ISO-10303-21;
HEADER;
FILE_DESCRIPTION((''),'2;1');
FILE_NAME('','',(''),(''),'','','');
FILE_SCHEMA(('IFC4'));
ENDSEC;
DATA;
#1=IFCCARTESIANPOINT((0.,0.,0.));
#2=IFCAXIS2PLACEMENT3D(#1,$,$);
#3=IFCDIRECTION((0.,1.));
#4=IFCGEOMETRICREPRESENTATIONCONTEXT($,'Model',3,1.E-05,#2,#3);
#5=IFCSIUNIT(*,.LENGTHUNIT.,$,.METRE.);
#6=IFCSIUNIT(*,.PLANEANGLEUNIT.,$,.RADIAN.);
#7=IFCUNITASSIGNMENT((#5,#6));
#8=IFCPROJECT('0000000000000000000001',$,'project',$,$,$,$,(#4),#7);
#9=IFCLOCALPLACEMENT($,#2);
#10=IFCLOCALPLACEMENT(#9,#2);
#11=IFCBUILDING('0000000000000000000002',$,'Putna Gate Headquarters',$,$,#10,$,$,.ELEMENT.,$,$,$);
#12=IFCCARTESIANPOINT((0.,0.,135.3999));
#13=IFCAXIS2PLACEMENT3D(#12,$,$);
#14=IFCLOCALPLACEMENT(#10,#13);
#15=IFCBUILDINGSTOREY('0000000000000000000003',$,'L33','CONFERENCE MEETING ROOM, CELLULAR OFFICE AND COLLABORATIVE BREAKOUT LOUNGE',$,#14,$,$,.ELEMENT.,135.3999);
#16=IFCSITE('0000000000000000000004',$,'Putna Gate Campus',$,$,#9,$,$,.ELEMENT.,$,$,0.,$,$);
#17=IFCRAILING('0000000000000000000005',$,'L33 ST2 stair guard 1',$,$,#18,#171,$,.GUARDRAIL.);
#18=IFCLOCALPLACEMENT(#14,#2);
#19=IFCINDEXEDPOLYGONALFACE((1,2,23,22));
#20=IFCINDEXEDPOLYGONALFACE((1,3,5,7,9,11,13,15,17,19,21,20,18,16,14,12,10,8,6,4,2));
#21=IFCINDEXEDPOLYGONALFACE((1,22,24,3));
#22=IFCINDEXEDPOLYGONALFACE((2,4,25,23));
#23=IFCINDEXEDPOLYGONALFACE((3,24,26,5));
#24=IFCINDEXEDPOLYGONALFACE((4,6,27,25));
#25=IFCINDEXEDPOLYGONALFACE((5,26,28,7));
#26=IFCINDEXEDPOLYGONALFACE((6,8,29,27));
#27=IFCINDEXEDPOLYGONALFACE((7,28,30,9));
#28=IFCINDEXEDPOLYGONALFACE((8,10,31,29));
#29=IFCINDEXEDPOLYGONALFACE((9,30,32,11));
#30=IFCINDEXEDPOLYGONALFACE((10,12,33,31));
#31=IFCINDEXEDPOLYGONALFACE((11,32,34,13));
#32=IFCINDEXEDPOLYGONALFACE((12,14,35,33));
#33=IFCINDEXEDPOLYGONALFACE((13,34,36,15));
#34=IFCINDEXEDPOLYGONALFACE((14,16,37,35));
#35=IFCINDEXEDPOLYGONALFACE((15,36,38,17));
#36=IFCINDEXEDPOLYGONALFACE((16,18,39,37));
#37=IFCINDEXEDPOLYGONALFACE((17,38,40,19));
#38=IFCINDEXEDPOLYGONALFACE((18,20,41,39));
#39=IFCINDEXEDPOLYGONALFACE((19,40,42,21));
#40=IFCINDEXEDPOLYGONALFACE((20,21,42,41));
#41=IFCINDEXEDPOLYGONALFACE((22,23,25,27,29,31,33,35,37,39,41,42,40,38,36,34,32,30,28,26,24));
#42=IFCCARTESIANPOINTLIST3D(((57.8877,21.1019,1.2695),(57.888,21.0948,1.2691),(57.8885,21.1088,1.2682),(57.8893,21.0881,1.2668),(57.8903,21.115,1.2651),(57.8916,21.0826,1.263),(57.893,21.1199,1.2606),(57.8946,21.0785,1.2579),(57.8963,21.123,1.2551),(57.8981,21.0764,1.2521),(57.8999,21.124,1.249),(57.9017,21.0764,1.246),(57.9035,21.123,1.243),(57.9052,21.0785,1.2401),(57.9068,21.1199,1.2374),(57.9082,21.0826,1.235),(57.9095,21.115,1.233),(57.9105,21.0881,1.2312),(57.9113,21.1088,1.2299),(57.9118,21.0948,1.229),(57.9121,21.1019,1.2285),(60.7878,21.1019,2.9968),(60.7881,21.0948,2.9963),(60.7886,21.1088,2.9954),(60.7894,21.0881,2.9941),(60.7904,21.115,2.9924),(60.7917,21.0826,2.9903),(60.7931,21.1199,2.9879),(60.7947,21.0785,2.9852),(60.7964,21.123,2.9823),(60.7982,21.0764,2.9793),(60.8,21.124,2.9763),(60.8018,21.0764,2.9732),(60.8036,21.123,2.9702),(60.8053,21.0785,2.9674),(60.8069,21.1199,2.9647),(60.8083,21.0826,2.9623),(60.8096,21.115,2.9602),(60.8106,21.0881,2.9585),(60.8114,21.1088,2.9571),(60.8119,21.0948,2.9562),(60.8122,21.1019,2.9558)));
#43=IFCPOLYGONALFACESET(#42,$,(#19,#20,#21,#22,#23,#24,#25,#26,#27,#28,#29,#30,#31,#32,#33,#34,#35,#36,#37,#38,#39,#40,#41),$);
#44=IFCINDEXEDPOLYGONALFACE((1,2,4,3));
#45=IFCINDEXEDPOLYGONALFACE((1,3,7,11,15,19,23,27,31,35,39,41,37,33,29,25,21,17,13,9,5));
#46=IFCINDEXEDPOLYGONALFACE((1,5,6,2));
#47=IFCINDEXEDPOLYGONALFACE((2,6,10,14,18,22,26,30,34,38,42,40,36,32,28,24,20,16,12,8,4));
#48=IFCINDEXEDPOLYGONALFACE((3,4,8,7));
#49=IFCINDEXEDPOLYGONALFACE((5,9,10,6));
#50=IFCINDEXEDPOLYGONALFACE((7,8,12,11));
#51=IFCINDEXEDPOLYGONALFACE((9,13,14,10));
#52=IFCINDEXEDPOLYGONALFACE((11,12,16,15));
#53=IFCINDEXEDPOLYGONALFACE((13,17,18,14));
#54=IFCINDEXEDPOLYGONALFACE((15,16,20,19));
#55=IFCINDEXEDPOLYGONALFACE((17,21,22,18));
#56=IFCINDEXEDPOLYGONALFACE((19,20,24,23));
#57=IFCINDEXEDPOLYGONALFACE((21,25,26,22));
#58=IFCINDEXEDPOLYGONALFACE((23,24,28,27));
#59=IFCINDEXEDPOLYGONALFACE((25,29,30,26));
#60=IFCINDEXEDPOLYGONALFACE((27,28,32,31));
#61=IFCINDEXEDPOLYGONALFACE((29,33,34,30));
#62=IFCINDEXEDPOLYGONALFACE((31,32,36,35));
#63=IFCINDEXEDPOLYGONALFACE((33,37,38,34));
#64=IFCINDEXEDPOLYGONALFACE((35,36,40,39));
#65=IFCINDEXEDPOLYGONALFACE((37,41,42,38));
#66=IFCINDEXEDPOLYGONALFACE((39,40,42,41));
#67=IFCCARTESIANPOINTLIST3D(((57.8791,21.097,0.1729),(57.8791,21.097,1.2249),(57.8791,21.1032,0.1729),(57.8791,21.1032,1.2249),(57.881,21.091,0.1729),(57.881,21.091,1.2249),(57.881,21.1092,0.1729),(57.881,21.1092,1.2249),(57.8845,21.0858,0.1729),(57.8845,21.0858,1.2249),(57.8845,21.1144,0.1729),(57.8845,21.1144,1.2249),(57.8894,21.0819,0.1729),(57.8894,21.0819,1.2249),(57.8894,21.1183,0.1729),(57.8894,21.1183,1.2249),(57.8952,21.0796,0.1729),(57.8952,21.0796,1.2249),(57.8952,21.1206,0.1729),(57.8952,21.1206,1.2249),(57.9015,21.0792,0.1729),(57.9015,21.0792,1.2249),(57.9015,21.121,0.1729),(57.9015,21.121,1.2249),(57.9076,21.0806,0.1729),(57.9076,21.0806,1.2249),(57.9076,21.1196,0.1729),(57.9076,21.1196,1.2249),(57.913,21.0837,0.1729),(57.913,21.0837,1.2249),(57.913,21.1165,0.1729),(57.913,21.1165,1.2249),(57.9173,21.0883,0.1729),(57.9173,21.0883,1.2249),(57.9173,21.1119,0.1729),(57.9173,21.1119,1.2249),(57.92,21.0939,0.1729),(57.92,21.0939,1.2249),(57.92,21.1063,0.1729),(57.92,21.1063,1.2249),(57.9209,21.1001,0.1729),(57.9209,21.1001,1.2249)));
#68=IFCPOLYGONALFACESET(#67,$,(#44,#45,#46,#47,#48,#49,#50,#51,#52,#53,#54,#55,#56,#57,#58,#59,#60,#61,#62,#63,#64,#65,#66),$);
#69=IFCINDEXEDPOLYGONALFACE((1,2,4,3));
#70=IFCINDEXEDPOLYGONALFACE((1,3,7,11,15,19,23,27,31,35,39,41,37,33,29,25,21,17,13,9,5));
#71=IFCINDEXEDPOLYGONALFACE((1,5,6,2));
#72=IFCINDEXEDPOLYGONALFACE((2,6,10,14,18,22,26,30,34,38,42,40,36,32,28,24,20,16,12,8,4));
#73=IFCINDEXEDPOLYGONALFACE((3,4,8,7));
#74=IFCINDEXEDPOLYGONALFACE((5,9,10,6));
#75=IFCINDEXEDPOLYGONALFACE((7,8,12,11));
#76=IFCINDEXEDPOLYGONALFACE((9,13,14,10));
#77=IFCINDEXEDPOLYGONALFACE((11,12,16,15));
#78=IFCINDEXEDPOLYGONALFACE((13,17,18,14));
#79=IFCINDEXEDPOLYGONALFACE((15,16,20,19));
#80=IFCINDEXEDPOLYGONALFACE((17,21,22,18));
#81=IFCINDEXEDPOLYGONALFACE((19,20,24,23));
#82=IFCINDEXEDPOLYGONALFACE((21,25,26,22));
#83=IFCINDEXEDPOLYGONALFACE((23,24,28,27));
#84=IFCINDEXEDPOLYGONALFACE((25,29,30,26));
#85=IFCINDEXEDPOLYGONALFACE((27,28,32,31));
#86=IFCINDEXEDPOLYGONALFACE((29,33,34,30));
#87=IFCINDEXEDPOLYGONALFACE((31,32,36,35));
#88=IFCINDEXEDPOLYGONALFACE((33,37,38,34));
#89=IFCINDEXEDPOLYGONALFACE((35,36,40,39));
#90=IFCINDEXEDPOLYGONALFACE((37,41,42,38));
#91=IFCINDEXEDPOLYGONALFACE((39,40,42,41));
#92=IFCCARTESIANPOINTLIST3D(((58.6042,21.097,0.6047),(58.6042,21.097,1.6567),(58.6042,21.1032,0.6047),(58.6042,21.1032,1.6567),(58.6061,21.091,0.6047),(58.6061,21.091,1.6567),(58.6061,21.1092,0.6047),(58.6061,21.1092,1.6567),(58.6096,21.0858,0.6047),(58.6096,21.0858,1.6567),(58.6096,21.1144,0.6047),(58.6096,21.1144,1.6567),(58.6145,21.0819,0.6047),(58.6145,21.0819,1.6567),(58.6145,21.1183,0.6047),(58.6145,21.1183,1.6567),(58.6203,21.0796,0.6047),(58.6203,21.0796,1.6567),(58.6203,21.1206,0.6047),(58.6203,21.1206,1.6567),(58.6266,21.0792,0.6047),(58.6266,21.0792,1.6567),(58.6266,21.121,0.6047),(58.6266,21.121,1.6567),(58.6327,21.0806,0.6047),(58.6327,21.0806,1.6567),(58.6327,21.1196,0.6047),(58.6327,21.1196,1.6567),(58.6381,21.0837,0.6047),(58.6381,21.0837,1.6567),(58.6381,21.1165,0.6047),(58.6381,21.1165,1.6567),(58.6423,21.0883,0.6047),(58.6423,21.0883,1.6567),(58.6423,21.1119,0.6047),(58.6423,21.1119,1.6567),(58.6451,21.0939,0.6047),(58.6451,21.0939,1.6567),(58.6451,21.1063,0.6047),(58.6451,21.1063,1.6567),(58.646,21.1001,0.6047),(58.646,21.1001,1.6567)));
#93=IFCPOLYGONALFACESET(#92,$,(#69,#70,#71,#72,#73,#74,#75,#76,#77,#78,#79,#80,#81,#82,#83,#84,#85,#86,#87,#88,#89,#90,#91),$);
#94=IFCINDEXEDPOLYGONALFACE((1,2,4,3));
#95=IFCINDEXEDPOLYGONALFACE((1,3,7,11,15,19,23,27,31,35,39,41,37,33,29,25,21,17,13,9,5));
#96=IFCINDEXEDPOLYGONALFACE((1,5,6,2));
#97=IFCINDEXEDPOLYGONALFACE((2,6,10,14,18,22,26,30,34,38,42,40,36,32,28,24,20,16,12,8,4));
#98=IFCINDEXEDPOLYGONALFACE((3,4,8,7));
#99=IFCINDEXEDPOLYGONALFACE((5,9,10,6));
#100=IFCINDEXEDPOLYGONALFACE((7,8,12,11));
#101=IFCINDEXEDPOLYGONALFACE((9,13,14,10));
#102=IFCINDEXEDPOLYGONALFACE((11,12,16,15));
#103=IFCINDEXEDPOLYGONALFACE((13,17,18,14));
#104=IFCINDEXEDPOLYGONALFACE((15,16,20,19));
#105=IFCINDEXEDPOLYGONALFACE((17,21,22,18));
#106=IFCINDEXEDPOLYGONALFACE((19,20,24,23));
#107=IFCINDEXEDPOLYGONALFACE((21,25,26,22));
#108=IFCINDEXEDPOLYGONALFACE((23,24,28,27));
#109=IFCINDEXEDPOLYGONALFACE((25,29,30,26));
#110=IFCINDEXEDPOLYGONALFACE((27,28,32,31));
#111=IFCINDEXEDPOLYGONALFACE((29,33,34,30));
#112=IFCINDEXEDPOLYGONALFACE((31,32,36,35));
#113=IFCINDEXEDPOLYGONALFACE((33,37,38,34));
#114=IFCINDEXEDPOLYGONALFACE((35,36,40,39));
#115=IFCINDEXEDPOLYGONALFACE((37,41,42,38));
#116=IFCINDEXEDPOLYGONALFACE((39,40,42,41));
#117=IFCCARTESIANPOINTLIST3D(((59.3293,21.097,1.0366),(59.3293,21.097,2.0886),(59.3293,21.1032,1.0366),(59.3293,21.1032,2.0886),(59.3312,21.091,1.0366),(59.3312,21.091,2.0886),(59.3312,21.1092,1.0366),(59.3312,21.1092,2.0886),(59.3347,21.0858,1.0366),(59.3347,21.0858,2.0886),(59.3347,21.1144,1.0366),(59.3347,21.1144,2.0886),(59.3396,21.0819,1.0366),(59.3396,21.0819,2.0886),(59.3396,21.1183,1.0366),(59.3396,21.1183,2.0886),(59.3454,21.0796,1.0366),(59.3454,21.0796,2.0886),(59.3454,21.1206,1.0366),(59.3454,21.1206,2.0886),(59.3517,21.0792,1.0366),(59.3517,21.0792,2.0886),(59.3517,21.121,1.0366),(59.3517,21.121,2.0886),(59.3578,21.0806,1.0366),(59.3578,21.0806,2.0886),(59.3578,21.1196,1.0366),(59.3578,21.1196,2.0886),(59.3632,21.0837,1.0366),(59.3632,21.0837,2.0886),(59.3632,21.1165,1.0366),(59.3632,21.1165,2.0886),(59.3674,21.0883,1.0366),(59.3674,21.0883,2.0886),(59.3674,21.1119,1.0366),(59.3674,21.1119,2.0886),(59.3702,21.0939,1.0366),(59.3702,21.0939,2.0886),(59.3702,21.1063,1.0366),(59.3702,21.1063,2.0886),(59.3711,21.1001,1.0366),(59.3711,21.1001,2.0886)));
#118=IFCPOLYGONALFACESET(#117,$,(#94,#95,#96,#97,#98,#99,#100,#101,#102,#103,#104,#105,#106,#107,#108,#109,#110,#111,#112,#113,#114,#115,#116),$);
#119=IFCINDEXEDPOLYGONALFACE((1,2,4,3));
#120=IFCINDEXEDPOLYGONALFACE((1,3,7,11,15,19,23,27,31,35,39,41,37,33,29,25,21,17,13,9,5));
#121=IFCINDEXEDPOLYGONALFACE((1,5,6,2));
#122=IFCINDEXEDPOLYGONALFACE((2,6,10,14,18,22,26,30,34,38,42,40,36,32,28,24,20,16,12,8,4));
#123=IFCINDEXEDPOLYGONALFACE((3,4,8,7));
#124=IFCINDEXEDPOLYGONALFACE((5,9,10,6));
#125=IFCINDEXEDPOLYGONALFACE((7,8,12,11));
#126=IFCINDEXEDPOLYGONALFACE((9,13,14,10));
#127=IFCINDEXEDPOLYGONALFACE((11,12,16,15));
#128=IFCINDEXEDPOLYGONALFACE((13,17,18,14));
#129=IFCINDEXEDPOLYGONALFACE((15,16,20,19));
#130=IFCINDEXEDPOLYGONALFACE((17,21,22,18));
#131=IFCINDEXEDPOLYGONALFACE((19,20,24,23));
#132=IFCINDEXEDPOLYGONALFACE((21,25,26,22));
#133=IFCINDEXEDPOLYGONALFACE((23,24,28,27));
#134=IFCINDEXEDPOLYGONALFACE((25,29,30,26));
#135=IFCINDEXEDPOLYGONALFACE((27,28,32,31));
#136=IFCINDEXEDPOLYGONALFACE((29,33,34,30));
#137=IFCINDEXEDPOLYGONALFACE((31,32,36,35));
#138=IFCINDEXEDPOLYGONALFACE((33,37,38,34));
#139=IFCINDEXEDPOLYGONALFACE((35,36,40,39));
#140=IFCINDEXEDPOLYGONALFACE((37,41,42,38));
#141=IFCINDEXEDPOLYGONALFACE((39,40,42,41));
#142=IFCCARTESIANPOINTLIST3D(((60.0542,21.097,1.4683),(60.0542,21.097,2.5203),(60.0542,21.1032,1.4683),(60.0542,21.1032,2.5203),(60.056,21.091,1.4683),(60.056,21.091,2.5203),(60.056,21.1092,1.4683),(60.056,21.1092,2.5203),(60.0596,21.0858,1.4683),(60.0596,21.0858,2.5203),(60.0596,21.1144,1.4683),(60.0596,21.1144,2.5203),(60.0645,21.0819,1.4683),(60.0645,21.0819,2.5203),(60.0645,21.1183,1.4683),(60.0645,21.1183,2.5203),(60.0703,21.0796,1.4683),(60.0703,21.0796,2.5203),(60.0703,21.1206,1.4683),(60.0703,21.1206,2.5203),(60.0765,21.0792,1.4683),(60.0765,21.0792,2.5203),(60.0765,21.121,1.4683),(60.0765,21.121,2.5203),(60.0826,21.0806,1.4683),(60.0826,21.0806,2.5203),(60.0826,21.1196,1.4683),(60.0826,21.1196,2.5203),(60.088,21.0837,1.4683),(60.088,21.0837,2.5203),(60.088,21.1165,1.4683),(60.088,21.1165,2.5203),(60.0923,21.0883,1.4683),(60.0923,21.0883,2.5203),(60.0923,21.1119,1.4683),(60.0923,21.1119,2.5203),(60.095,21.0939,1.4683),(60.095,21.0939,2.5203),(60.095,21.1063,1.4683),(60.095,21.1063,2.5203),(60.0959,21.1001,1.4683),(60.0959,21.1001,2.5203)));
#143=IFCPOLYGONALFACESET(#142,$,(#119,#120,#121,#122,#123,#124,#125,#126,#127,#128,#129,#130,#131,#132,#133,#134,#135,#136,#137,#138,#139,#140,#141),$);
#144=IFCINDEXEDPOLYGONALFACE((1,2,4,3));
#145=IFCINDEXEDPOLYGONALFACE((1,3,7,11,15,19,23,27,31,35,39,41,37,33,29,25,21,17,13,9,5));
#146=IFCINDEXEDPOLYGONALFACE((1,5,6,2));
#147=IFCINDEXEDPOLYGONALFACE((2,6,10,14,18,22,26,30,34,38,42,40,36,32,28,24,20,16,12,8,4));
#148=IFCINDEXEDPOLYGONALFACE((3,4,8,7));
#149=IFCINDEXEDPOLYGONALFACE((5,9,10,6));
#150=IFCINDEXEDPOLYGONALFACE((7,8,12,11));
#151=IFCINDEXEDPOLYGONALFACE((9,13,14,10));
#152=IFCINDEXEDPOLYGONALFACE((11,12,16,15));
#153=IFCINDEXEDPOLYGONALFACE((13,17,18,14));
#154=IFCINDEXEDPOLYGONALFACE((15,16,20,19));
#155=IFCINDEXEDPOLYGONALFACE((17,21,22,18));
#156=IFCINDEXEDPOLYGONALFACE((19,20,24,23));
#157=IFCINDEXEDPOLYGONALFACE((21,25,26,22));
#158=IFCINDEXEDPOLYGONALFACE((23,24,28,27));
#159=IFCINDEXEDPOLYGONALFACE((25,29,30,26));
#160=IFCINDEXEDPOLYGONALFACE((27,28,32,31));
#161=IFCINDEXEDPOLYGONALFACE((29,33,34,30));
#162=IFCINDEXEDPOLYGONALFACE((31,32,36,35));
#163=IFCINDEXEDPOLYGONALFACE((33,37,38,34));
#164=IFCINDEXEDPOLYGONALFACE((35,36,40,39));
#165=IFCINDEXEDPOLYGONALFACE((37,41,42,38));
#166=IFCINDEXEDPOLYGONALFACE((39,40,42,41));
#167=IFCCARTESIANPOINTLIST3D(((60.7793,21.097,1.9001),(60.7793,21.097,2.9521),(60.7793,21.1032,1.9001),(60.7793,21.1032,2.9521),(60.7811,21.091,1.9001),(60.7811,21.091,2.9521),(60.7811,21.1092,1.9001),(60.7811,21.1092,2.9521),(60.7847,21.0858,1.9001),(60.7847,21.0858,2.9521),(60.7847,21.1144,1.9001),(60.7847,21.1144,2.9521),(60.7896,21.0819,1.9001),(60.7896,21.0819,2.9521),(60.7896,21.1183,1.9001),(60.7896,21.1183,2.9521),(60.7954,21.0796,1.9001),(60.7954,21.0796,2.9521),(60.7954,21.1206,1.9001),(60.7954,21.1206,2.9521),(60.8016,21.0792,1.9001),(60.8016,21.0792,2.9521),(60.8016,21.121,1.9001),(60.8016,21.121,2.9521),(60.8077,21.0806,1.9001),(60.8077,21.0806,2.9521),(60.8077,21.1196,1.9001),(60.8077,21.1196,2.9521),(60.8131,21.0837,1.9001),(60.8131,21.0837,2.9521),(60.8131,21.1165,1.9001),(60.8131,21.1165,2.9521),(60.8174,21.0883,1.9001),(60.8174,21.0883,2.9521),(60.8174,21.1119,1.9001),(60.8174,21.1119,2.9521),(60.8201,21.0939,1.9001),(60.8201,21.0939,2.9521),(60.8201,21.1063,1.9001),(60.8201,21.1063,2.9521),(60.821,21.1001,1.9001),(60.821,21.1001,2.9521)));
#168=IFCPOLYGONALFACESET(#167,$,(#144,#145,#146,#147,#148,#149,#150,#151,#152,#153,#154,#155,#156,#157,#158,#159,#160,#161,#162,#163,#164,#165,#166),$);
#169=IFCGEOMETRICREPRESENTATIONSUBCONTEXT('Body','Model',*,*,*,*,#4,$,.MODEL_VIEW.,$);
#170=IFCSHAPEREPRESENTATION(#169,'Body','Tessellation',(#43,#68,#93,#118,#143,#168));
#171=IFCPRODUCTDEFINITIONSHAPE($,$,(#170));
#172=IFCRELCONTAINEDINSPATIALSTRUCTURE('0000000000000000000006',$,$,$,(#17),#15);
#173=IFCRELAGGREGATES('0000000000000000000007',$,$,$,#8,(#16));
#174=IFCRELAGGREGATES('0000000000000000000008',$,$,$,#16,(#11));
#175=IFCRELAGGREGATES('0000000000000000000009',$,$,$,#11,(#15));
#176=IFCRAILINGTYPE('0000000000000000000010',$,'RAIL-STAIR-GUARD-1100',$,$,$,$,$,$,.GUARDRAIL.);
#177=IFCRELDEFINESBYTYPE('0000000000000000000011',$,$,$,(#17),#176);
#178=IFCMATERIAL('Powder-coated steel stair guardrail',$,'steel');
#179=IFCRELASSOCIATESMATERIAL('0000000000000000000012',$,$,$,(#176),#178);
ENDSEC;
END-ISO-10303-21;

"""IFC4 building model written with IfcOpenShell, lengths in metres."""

from ifc_helpers import new_model, si_unit, direction, frame, origin, origin_2d, place, context, subcontext, project, spatial, circle, extrude, material, type_object, element, save


model = new_model("IFC4")

# Units and contexts
model_context = context("Model", 3, precision=1e-05, world=origin(), true_north=direction((0.0, 1.0)))
body_context = subcontext(model_context, "Body", "Model", "MODEL_VIEW")
ifc_project = project(units=[si_unit("LENGTHUNIT", "METRE"), si_unit("PLANEANGLEUNIT", "RADIAN")], contexts=[model_context])

# Site, building, storey
site_placement = place(None, origin())
site = spatial("IfcSite", under=ifc_project, at=site_placement, Name="Putna Gate Campus", CompositionType="ELEMENT", RefElevation=0.0)
building_placement = place(site_placement, origin())
building = spatial("IfcBuilding", under=site, at=building_placement, Name="Putna Gate Headquarters", CompositionType="ELEMENT")
storey_placement = place(building_placement, frame((0.0, 0.0, 135.3999)))
storey = spatial("IfcBuildingStorey", under=building, at=storey_placement, Name="L33", Description="CONFERENCE MEETING ROOM, CELLULAR OFFICE AND COLLABORATIVE BREAKOUT LOUNGE", CompositionType="ELEMENT", Elevation=135.3999)

# Railing
ifc_material_1 = material(Name="Powder-coated steel stair guardrail", Category="steel")
railing_type_1 = type_object("IfcRailingType", Name="RAIL-STAIR-GUARD-1100", PredefinedType="GUARDRAIL", material=ifc_material_1)
railing_1_placement = place(storey_placement, frame((57.8999, 21.1001, 0.1729)))
element("IfcRailing", 1, at=railing_1_placement, inside=storey, type_object=railing_type_1, Name="L33 ST2 stair guard 1", PredefinedType="GUARDRAIL", context=body_context, shape_type="SweptSolid", body=[
    extrude(circle(Radius=0.0239, at=origin_2d()), frame((0.0, 0.0, 1.0762), z_axis=(0.85916, 0.0, 0.511706), x_axis=(0.0, 1.0, 0.0)), (0.0, 0.0, 1.0), 3.3755),
    extrude(circle(Radius=0.021, at=origin_2d()), origin(), (0.0, 0.0, 1.0), 1.052),
    extrude(circle(Radius=0.021, at=origin_2d()), frame((0.7251, 0.0, 0.4319)), (0.0, 0.0, 1.0), 1.052),
    extrude(circle(Radius=0.021, at=origin_2d()), frame((1.4502, 0.0, 0.8638)), (0.0, 0.0, 1.0), 1.052),
    extrude(circle(Radius=0.021, at=origin_2d()), frame((2.175, 0.0, 1.2954)), (0.0, 0.0, 1.0), 1.052),
    extrude(circle(Radius=0.021, at=origin_2d()), frame((2.9001, 0.0, 1.7273)), (0.0, 0.0, 1.0), 1.052),
])

save(model, "model.ifc")
